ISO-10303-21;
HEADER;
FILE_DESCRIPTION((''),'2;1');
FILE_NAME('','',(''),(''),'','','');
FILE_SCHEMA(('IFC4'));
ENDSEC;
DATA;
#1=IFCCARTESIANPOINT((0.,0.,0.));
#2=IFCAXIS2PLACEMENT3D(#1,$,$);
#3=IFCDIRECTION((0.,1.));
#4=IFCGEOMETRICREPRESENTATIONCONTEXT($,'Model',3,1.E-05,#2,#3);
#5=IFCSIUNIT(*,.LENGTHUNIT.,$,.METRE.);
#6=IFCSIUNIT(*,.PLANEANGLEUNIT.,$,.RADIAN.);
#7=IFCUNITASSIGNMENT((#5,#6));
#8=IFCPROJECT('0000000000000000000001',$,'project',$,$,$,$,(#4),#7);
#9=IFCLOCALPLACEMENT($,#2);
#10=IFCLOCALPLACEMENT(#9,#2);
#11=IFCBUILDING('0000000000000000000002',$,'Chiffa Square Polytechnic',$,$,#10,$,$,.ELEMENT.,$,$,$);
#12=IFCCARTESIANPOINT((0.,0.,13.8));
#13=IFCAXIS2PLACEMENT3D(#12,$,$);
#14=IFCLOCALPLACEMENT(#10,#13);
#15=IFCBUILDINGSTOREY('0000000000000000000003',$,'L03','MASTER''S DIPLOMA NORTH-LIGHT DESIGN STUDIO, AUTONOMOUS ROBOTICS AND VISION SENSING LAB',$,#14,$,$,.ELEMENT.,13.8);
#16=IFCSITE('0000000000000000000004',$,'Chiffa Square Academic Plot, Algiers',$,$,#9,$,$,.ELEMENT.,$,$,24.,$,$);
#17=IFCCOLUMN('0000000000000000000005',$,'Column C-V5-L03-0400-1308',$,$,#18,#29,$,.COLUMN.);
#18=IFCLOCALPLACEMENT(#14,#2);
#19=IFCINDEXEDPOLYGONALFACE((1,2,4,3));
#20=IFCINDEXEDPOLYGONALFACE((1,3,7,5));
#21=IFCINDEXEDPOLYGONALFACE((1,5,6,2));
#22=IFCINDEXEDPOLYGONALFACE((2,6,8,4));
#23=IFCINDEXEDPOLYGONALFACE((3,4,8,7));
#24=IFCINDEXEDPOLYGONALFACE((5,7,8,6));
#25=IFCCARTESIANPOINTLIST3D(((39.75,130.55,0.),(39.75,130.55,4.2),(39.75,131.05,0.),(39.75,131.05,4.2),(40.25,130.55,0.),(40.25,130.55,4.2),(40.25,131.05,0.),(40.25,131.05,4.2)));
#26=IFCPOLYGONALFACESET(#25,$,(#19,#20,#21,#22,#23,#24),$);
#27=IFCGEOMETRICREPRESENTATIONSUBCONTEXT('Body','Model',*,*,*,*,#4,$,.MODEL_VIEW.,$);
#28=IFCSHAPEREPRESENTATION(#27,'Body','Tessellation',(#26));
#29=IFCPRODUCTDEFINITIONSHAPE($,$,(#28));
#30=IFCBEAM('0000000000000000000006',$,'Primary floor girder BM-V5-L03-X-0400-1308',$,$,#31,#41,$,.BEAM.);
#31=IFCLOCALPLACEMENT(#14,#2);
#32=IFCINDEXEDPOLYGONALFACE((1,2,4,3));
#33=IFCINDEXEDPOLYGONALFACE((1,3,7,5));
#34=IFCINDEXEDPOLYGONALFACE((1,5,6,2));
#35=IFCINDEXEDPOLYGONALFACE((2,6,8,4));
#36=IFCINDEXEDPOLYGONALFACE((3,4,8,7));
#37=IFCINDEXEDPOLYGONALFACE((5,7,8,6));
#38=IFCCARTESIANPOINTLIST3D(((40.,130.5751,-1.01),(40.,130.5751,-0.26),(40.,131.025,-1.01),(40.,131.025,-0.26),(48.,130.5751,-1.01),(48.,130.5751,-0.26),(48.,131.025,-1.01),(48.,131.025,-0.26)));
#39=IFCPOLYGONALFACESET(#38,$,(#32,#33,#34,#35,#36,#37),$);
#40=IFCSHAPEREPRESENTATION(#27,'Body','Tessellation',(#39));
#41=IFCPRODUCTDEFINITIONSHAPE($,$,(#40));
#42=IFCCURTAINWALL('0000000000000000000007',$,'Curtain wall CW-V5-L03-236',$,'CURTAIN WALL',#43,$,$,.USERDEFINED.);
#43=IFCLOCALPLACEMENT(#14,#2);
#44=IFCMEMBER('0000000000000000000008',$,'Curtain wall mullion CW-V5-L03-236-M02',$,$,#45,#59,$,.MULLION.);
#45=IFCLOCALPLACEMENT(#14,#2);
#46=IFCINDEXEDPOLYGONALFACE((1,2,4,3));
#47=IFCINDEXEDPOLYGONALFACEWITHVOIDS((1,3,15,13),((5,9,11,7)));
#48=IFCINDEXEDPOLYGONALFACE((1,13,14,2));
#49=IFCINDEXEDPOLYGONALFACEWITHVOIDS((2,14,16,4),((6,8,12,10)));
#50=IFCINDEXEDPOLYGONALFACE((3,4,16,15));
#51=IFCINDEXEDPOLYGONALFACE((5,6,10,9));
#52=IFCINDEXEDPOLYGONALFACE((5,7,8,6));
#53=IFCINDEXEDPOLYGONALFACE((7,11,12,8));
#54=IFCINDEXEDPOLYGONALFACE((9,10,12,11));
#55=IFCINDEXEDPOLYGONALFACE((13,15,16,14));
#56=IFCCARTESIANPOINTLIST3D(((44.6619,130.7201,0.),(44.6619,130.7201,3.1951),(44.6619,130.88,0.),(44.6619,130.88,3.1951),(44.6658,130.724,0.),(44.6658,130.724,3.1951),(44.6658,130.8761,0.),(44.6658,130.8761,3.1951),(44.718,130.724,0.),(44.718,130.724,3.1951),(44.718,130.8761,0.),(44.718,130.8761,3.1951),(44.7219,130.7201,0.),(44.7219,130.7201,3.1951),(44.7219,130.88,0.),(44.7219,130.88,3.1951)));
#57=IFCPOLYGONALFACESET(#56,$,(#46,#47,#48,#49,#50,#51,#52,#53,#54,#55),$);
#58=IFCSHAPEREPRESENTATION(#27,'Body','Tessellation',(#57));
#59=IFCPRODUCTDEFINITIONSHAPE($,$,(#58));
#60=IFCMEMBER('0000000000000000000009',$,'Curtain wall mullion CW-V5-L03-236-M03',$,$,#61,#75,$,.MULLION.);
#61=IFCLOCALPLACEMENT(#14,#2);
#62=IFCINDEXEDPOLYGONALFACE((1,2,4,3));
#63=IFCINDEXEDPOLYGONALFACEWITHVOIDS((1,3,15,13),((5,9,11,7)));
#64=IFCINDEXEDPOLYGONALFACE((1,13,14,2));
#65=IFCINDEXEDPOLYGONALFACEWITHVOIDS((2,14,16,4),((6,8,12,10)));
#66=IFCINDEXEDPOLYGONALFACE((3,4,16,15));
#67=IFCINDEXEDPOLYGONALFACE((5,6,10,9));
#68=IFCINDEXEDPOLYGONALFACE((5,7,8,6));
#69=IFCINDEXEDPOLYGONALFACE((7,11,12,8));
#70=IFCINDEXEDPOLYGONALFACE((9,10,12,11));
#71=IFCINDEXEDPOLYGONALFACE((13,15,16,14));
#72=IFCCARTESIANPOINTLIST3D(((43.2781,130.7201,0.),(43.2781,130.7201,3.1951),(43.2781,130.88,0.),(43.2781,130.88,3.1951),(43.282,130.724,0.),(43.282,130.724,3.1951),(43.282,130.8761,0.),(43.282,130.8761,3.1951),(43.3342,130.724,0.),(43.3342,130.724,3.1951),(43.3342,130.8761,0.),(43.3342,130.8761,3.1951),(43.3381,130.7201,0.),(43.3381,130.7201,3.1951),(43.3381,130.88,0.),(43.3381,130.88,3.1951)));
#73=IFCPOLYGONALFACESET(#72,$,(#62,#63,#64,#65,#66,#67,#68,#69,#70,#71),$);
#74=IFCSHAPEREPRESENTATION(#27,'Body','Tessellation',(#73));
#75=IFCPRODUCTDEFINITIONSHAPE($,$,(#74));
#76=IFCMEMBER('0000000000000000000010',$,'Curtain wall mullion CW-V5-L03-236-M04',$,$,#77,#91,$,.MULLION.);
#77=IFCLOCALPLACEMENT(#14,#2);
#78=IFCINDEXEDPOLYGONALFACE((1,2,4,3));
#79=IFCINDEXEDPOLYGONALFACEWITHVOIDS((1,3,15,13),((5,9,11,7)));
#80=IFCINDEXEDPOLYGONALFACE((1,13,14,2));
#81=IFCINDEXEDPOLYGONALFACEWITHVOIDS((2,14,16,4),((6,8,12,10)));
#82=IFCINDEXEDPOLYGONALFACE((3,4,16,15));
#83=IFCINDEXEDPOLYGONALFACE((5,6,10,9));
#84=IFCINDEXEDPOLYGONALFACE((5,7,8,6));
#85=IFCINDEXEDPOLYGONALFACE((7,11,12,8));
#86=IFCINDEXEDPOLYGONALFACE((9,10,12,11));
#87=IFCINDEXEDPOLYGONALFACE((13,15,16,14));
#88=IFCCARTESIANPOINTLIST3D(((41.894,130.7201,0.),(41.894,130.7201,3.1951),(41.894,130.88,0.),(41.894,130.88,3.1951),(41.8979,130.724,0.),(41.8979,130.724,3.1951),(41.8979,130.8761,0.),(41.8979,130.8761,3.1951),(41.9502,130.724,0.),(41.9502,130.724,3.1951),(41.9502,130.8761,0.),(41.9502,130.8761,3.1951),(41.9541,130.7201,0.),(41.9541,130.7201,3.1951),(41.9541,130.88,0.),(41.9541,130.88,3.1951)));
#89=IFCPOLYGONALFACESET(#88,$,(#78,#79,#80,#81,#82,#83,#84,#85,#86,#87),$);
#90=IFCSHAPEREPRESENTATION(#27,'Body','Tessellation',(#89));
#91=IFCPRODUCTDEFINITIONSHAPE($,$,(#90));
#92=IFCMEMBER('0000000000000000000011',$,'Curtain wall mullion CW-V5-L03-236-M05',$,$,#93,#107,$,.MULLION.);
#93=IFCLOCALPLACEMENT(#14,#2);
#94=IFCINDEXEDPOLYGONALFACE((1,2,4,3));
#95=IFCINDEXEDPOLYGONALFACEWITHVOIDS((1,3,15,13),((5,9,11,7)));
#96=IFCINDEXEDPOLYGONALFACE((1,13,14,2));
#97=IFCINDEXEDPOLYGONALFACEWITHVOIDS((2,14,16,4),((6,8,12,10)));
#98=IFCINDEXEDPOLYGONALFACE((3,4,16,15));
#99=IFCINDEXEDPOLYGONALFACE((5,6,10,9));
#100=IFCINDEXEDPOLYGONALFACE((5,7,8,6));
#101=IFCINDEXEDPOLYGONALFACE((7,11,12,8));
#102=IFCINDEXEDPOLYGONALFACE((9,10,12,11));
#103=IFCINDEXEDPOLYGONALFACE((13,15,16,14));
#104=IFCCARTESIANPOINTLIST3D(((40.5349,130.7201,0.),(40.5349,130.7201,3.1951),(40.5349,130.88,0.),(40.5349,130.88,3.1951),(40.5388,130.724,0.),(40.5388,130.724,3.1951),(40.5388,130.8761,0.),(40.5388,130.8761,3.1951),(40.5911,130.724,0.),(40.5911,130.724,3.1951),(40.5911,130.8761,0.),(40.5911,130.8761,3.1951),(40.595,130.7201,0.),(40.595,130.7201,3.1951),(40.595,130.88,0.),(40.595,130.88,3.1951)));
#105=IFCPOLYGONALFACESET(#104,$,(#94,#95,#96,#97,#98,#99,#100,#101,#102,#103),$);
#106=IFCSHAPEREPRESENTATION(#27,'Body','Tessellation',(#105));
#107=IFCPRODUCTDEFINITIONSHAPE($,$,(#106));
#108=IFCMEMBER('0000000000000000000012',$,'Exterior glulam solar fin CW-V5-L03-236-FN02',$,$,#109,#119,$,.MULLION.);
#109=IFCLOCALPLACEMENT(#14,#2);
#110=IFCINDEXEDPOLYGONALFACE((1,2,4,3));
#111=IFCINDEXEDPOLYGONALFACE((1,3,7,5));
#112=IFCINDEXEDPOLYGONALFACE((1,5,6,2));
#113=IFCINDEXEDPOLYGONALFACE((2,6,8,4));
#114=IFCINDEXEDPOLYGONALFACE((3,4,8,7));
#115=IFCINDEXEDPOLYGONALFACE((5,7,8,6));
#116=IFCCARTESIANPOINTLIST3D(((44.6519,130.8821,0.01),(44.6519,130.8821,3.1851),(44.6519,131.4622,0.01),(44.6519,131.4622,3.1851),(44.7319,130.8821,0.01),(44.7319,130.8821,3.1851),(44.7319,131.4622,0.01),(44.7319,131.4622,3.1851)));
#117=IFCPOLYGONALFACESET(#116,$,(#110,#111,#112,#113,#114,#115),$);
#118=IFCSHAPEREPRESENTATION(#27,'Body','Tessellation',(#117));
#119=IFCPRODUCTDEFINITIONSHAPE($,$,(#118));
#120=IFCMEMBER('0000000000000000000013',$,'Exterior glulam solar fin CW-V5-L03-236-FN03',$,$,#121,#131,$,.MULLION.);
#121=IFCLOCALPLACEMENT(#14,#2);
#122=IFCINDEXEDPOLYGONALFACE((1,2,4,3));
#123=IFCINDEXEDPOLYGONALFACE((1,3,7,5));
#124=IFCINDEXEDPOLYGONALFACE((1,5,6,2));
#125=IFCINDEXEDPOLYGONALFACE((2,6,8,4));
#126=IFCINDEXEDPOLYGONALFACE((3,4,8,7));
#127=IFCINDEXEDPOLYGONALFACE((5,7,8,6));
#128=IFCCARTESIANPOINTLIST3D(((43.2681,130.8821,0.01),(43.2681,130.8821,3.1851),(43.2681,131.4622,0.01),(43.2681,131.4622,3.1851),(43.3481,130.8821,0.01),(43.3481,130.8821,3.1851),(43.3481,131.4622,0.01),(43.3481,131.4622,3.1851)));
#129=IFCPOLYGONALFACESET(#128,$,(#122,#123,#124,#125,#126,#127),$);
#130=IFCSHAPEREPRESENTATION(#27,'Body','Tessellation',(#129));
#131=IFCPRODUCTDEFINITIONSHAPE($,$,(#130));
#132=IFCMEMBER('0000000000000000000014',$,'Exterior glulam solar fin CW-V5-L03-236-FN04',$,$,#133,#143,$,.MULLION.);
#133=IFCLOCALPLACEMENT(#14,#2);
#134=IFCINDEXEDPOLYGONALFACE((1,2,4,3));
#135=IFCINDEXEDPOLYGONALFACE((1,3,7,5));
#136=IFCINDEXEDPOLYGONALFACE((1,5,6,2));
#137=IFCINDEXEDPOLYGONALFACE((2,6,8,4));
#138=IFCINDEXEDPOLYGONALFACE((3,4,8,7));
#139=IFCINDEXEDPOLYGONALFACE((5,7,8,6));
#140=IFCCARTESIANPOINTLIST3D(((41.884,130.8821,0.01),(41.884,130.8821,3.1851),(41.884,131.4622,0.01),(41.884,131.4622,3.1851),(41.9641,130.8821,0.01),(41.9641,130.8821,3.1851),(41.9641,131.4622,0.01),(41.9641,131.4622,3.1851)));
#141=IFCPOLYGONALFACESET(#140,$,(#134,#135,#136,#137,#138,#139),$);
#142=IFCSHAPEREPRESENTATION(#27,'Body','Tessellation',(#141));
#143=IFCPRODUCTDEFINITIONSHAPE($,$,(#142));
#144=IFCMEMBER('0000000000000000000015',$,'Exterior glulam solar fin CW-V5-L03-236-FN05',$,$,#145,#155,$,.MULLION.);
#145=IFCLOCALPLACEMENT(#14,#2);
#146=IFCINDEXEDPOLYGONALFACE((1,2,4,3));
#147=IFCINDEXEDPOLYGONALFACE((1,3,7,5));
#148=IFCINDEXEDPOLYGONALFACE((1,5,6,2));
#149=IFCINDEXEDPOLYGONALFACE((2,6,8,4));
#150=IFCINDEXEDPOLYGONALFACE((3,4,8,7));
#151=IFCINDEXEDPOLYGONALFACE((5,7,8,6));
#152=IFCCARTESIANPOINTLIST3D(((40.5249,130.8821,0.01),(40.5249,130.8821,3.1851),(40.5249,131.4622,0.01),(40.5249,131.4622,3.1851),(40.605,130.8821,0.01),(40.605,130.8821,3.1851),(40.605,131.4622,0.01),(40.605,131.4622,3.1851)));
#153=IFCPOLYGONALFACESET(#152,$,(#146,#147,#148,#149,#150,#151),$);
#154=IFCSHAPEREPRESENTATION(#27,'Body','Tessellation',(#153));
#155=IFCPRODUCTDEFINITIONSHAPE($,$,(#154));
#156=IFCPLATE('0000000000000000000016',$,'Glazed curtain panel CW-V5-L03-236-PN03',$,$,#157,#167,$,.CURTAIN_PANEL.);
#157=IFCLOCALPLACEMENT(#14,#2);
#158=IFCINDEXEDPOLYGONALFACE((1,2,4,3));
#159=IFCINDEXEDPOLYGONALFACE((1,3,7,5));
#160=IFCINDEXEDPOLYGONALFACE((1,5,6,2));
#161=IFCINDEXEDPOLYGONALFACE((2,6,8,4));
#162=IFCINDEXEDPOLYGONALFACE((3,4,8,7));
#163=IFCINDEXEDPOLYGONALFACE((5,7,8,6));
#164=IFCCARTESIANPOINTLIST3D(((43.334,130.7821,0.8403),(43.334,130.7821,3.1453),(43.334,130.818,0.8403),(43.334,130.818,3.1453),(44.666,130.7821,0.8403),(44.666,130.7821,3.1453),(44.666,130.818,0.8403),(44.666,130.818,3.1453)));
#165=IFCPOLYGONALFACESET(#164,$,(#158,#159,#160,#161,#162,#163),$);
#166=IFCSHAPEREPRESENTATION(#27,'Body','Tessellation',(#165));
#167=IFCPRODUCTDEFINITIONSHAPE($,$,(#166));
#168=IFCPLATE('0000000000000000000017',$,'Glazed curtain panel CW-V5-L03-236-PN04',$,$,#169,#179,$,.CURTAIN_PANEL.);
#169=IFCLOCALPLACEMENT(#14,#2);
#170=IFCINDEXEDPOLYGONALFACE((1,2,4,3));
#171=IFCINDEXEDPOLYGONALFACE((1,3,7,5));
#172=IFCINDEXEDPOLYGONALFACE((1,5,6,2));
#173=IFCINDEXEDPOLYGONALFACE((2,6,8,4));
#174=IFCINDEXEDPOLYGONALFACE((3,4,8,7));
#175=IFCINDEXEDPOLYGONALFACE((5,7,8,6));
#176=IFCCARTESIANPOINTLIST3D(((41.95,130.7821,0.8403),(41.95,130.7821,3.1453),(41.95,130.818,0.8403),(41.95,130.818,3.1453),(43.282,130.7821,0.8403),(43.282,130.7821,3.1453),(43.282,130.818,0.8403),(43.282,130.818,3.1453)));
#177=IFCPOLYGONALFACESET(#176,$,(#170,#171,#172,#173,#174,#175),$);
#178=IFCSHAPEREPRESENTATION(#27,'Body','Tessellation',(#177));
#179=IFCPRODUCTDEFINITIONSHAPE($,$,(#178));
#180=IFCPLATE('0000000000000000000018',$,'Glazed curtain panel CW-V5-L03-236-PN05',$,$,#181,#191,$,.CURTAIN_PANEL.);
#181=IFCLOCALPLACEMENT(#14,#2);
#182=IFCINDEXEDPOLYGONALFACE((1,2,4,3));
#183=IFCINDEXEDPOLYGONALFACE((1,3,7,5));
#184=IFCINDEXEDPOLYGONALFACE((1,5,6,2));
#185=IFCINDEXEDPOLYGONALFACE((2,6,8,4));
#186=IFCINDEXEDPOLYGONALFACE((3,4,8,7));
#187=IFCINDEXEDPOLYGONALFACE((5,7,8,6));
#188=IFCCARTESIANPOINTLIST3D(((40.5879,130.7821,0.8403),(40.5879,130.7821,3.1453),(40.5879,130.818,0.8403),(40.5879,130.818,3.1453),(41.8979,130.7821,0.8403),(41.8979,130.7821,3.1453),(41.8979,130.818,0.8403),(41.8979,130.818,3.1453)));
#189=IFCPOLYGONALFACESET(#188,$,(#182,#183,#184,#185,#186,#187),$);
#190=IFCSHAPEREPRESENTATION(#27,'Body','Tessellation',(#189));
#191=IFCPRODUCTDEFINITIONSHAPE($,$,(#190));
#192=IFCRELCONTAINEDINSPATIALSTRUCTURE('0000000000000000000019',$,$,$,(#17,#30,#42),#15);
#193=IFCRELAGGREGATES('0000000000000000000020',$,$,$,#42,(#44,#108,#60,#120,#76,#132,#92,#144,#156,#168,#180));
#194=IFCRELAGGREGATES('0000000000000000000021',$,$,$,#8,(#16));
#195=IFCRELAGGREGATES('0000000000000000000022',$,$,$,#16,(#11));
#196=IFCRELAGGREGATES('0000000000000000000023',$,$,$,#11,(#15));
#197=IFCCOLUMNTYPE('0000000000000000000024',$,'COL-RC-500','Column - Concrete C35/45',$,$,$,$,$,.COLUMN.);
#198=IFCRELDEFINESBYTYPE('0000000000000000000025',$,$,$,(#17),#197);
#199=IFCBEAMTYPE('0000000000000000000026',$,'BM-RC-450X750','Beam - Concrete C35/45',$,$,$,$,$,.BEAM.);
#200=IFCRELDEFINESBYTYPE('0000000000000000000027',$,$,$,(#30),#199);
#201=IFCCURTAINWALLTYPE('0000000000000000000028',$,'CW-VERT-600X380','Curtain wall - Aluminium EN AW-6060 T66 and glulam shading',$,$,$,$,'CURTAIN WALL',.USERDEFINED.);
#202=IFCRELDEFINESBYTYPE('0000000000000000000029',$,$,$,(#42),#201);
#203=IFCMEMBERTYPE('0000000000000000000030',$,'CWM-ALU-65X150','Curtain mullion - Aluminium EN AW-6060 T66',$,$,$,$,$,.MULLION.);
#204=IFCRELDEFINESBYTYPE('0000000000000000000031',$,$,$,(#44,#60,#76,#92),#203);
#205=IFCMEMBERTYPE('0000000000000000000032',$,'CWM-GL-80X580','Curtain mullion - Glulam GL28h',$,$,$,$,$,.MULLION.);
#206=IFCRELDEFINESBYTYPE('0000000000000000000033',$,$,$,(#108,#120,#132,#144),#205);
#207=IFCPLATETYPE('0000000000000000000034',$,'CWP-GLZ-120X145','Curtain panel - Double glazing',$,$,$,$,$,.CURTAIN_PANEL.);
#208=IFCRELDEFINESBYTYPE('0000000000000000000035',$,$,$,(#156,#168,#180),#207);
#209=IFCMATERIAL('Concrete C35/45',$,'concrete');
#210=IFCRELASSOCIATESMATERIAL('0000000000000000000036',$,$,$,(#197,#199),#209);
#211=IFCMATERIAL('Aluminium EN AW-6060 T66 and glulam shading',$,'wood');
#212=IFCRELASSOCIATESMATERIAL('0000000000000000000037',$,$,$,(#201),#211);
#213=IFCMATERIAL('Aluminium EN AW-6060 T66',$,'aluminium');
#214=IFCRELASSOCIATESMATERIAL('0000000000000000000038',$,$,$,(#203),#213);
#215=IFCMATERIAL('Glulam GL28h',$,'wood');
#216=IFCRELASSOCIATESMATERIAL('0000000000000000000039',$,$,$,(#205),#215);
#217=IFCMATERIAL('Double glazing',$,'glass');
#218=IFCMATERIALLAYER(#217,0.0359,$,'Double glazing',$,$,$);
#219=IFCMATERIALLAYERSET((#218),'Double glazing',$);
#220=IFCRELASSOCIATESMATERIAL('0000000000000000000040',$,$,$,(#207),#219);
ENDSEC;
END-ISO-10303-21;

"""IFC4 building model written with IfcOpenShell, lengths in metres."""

from ifc_helpers import new_model, si_unit, direction, frame, origin, origin_2d, place, context, subcontext, project, spatial, rectangle, hollow_rectangle, extrude, material, layer, layer_set, material_profile, profile_set, type_object, element, aggregate, save


model = new_model("IFC4")

# Units and contexts
model_context = context("Model", 3, precision=1e-05, world=origin(), true_north=direction((0.0, 1.0)))
body_context = subcontext(model_context, "Body", "Model", "MODEL_VIEW")
ifc_project = project(units=[si_unit("LENGTHUNIT", "METRE"), si_unit("PLANEANGLEUNIT", "RADIAN")], contexts=[model_context])

# Site, building, storey
site_placement = place(None, origin())
site = spatial("IfcSite", under=ifc_project, at=site_placement, Name="Chiffa Square Academic Plot, Algiers", CompositionType="ELEMENT", RefElevation=24.0)
building_placement = place(site_placement, origin())
building = spatial("IfcBuilding", under=site, at=building_placement, Name="Chiffa Square Polytechnic", CompositionType="ELEMENT")
storey_placement = place(building_placement, frame((0.0, 0.0, 13.8)))
storey = spatial("IfcBuildingStorey", under=building, at=storey_placement, Name="L03", Description="MASTER'S DIPLOMA NORTH-LIGHT DESIGN STUDIO, AUTONOMOUS ROBOTICS AND VISION SENSING LAB", CompositionType="ELEMENT", Elevation=13.8)

# Column
ifc_material_1 = material(Name="Concrete C35/45", Category="concrete")
ifc_material_profile_1 = material_profile(ifc_material_1, rectangle(XDim=0.5, YDim=0.5, at=origin_2d()), Name="RC 500x500")
ifc_profile_set_1 = profile_set([ifc_material_profile_1], Name="Concrete C35/45")
column_type = type_object("IfcColumnType", Name="COL-RC-500", Description="Column - Concrete C35/45", PredefinedType="COLUMN", material=ifc_profile_set_1)
column_placement = place(storey_placement, frame((40.0, 130.8, 0.0), z_axis=(0.0, 0.0, 1.0), x_axis=(1.0, 0.0, 0.0)))
element("IfcColumn", 1, at=column_placement, inside=storey, type_object=column_type, Name="Column C-V5-L03-0400-1308", PredefinedType="COLUMN", context=body_context, shape_type="SweptSolid", body=[
    extrude(rectangle(XDim=0.5, YDim=0.5, at=origin_2d()), origin(), (0.0, 0.0, 1.0), 4.2),
])

# Beam
ifc_material_profile_2 = material_profile(ifc_material_1, rectangle(XDim=0.45, YDim=0.75, at=origin_2d()), Name="RC 450x750")
ifc_profile_set_2 = profile_set([ifc_material_profile_2], Name="Concrete C35/45")
beam_type = type_object("IfcBeamType", Name="BM-RC-450X750", Description="Beam - Concrete C35/45", PredefinedType="BEAM", material=ifc_profile_set_2)
beam_placement = place(storey_placement, frame((40.0, 130.8, -0.635), z_axis=(1.0, 0.0, 0.0), x_axis=(0.0, 1.0, 0.0)))
element("IfcBeam", 2, at=beam_placement, inside=storey, type_object=beam_type, Name="Primary floor girder BM-V5-L03-X-0400-1308", PredefinedType="BEAM", context=body_context, shape_type="SweptSolid", body=[
    extrude(rectangle(XDim=0.45, YDim=0.75, at=origin_2d()), origin(), (0.0, 0.0, 1.0), 8.0),
])

# Curtain wall, members, plates
ifc_material_2 = material(Name="Aluminium EN AW-6060 T66 and glulam shading", Category="wood")
curtain_wall_type = type_object("IfcCurtainWallType", Name="CW-VERT-600X380", Description="Curtain wall - Aluminium EN AW-6060 T66 and glulam shading", ElementType="CURTAIN WALL", PredefinedType="USERDEFINED", material=ifc_material_2)
curtain_wall_placement = place(storey_placement, origin())
curtain_wall = element("IfcCurtainWall", 3, at=curtain_wall_placement, inside=storey, type_object=curtain_wall_type, Name="Curtain wall CW-V5-L03-236", ObjectType="CURTAIN WALL", PredefinedType="USERDEFINED")
ifc_material_3 = material(Name="Aluminium EN AW-6060 T66", Category="aluminium")
ifc_material_profile_3 = material_profile(ifc_material_3, hollow_rectangle(XDim=0.0601, YDim=0.1599, WallThickness=0.0039, at=origin_2d()), Name="ALU 60x160x4")
ifc_profile_set_3 = profile_set([ifc_material_profile_3], Name="Aluminium EN AW-6060 T66")
member_type_1 = type_object("IfcMemberType", Name="CWM-ALU-65X150", Description="Curtain mullion - Aluminium EN AW-6060 T66", PredefinedType="MULLION", material=ifc_profile_set_3)
member_1_placement = place(storey_placement, frame((44.6919, 130.8, 0.0), z_axis=(0.0, 0.0, 1.0), x_axis=(1.0, 0.0, 0.0)))
member_1 = element("IfcMember", 4, at=member_1_placement, type_object=member_type_1, Name="Curtain wall mullion CW-V5-L03-236-M02", PredefinedType="MULLION", context=body_context, shape_type="SweptSolid", body=[
    extrude(hollow_rectangle(XDim=0.0601, YDim=0.1599, WallThickness=0.0039, at=origin_2d()), origin(), (0.0, 0.0, 1.0), 3.1951),
])
member_2_placement = place(storey_placement, frame((43.3081, 130.8, 0.0), z_axis=(0.0, 0.0, 1.0), x_axis=(1.0, 0.0, 0.0)))
member_2 = element("IfcMember", 5, at=member_2_placement, type_object=member_type_1, Name="Curtain wall mullion CW-V5-L03-236-M03", PredefinedType="MULLION", context=body_context, shape_type="SweptSolid", body=[
    extrude(hollow_rectangle(XDim=0.0601, YDim=0.1599, WallThickness=0.0039, at=origin_2d()), origin(), (0.0, 0.0, 1.0), 3.1951),
])
member_3_placement = place(storey_placement, frame((41.9241, 130.8, 0.0), z_axis=(0.0, 0.0, 1.0), x_axis=(1.0, 0.0, 0.0)))
member_3 = element("IfcMember", 6, at=member_3_placement, type_object=member_type_1, Name="Curtain wall mullion CW-V5-L03-236-M04", PredefinedType="MULLION", context=body_context, shape_type="SweptSolid", body=[
    extrude(hollow_rectangle(XDim=0.0601, YDim=0.1599, WallThickness=0.0039, at=origin_2d()), origin(), (0.0, 0.0, 1.0), 3.1951),
])
member_4_placement = place(storey_placement, frame((40.5649, 130.8, 0.0), z_axis=(0.0, 0.0, 1.0), x_axis=(1.0, 0.0, 0.0)))
member_4 = element("IfcMember", 7, at=member_4_placement, type_object=member_type_1, Name="Curtain wall mullion CW-V5-L03-236-M05", PredefinedType="MULLION", context=body_context, shape_type="SweptSolid", body=[
    extrude(hollow_rectangle(XDim=0.0601, YDim=0.1599, WallThickness=0.0039, at=origin_2d()), origin(), (0.0, 0.0, 1.0), 3.1951),
])
ifc_material_4 = material(Name="Glulam GL28h", Category="wood")
ifc_material_profile_4 = material_profile(ifc_material_4, rectangle(XDim=0.0801, YDim=0.5801, at=origin_2d()), Name="GL28h 80x580")
ifc_profile_set_4 = profile_set([ifc_material_profile_4], Name="Glulam GL28h")
member_type_2 = type_object("IfcMemberType", Name="CWM-GL-80X580", Description="Curtain mullion - Glulam GL28h", PredefinedType="MULLION", material=ifc_profile_set_4)
member_5_placement = place(storey_placement, frame((44.6919, 131.1721, 0.01), z_axis=(0.0, 0.0, 1.0), x_axis=(-1.0, 0.0, 0.0)))
member_5 = element("IfcMember", 8, at=member_5_placement, type_object=member_type_2, Name="Exterior glulam solar fin CW-V5-L03-236-FN02", PredefinedType="MULLION", context=body_context, shape_type="SweptSolid", body=[
    extrude(rectangle(XDim=0.0801, YDim=0.5801, at=origin_2d()), origin(), (0.0, 0.0, 1.0), 3.175),
])
member_6_placement = place(storey_placement, frame((43.3081, 131.1721, 0.01), z_axis=(0.0, 0.0, 1.0), x_axis=(-1.0, 0.0, 0.0)))
member_6 = element("IfcMember", 9, at=member_6_placement, type_object=member_type_2, Name="Exterior glulam solar fin CW-V5-L03-236-FN03", PredefinedType="MULLION", context=body_context, shape_type="SweptSolid", body=[
    extrude(rectangle(XDim=0.0801, YDim=0.5801, at=origin_2d()), origin(), (0.0, 0.0, 1.0), 3.175),
])
member_7_placement = place(storey_placement, frame((41.9241, 131.1721, 0.01), z_axis=(0.0, 0.0, 1.0), x_axis=(-1.0, 0.0, 0.0)))
member_7 = element("IfcMember", 10, at=member_7_placement, type_object=member_type_2, Name="Exterior glulam solar fin CW-V5-L03-236-FN04", PredefinedType="MULLION", context=body_context, shape_type="SweptSolid", body=[
    extrude(rectangle(XDim=0.0801, YDim=0.5801, at=origin_2d()), origin(), (0.0, 0.0, 1.0), 3.175),
])
member_8_placement = place(storey_placement, frame((40.5649, 131.1721, 0.01), z_axis=(0.0, 0.0, 1.0), x_axis=(-1.0, 0.0, 0.0)))
member_8 = element("IfcMember", 11, at=member_8_placement, type_object=member_type_2, Name="Exterior glulam solar fin CW-V5-L03-236-FN05", PredefinedType="MULLION", context=body_context, shape_type="SweptSolid", body=[
    extrude(rectangle(XDim=0.0801, YDim=0.5801, at=origin_2d()), origin(), (0.0, 0.0, 1.0), 3.175),
])
ifc_material_5 = material(Name="Double glazing", Category="glass")
ifc_layer_1 = layer(ifc_material_5, 0.0359, Name="Double glazing")
ifc_layer_set_1 = layer_set([ifc_layer_1], Name="Double glazing")
plate_type_1 = type_object("IfcPlateType", Name="CWP-GLZ-120X145", Description="Curtain panel - Double glazing", PredefinedType="CURTAIN_PANEL", material=ifc_layer_set_1)
plate_1_placement = place(storey_placement, frame((44.0, 130.8, 0.8403), z_axis=(0.0, 0.0, 1.0), x_axis=(-1.0, 0.0, 0.0)))
plate_1 = element("IfcPlate", 12, at=plate_1_placement, type_object=plate_type_1, Name="Glazed curtain panel CW-V5-L03-236-PN03", PredefinedType="CURTAIN_PANEL", context=body_context, shape_type="SweptSolid", body=[
    extrude(rectangle(XDim=1.332, YDim=0.0359, at=origin_2d()), origin(), (0.0, 0.0, 1.0), 2.3049),
])
plate_2_placement = place(storey_placement, frame((42.616, 130.8, 0.8403), z_axis=(0.0, 0.0, 1.0), x_axis=(-1.0, 0.0, 0.0)))
plate_2 = element("IfcPlate", 13, at=plate_2_placement, type_object=plate_type_1, Name="Glazed curtain panel CW-V5-L03-236-PN04", PredefinedType="CURTAIN_PANEL", context=body_context, shape_type="SweptSolid", body=[
    extrude(rectangle(XDim=1.332, YDim=0.0359, at=origin_2d()), origin(), (0.0, 0.0, 1.0), 2.3049),
])
plate_3_placement = place(storey_placement, frame((41.2429, 130.8, 0.8403), z_axis=(0.0, 0.0, 1.0), x_axis=(-1.0, 0.0, 0.0)))
plate_3 = element("IfcPlate", 14, at=plate_3_placement, type_object=plate_type_1, Name="Glazed curtain panel CW-V5-L03-236-PN05", PredefinedType="CURTAIN_PANEL", context=body_context, shape_type="SweptSolid", body=[
    extrude(rectangle(XDim=1.3101, YDim=0.0359, at=origin_2d()), origin(), (0.0, 0.0, 1.0), 2.3049),
])
aggregate(curtain_wall, [member_1, member_5, member_2, member_6, member_3, member_7, member_4, member_8, plate_1, plate_2, plate_3])

save(model, "model.ifc")
